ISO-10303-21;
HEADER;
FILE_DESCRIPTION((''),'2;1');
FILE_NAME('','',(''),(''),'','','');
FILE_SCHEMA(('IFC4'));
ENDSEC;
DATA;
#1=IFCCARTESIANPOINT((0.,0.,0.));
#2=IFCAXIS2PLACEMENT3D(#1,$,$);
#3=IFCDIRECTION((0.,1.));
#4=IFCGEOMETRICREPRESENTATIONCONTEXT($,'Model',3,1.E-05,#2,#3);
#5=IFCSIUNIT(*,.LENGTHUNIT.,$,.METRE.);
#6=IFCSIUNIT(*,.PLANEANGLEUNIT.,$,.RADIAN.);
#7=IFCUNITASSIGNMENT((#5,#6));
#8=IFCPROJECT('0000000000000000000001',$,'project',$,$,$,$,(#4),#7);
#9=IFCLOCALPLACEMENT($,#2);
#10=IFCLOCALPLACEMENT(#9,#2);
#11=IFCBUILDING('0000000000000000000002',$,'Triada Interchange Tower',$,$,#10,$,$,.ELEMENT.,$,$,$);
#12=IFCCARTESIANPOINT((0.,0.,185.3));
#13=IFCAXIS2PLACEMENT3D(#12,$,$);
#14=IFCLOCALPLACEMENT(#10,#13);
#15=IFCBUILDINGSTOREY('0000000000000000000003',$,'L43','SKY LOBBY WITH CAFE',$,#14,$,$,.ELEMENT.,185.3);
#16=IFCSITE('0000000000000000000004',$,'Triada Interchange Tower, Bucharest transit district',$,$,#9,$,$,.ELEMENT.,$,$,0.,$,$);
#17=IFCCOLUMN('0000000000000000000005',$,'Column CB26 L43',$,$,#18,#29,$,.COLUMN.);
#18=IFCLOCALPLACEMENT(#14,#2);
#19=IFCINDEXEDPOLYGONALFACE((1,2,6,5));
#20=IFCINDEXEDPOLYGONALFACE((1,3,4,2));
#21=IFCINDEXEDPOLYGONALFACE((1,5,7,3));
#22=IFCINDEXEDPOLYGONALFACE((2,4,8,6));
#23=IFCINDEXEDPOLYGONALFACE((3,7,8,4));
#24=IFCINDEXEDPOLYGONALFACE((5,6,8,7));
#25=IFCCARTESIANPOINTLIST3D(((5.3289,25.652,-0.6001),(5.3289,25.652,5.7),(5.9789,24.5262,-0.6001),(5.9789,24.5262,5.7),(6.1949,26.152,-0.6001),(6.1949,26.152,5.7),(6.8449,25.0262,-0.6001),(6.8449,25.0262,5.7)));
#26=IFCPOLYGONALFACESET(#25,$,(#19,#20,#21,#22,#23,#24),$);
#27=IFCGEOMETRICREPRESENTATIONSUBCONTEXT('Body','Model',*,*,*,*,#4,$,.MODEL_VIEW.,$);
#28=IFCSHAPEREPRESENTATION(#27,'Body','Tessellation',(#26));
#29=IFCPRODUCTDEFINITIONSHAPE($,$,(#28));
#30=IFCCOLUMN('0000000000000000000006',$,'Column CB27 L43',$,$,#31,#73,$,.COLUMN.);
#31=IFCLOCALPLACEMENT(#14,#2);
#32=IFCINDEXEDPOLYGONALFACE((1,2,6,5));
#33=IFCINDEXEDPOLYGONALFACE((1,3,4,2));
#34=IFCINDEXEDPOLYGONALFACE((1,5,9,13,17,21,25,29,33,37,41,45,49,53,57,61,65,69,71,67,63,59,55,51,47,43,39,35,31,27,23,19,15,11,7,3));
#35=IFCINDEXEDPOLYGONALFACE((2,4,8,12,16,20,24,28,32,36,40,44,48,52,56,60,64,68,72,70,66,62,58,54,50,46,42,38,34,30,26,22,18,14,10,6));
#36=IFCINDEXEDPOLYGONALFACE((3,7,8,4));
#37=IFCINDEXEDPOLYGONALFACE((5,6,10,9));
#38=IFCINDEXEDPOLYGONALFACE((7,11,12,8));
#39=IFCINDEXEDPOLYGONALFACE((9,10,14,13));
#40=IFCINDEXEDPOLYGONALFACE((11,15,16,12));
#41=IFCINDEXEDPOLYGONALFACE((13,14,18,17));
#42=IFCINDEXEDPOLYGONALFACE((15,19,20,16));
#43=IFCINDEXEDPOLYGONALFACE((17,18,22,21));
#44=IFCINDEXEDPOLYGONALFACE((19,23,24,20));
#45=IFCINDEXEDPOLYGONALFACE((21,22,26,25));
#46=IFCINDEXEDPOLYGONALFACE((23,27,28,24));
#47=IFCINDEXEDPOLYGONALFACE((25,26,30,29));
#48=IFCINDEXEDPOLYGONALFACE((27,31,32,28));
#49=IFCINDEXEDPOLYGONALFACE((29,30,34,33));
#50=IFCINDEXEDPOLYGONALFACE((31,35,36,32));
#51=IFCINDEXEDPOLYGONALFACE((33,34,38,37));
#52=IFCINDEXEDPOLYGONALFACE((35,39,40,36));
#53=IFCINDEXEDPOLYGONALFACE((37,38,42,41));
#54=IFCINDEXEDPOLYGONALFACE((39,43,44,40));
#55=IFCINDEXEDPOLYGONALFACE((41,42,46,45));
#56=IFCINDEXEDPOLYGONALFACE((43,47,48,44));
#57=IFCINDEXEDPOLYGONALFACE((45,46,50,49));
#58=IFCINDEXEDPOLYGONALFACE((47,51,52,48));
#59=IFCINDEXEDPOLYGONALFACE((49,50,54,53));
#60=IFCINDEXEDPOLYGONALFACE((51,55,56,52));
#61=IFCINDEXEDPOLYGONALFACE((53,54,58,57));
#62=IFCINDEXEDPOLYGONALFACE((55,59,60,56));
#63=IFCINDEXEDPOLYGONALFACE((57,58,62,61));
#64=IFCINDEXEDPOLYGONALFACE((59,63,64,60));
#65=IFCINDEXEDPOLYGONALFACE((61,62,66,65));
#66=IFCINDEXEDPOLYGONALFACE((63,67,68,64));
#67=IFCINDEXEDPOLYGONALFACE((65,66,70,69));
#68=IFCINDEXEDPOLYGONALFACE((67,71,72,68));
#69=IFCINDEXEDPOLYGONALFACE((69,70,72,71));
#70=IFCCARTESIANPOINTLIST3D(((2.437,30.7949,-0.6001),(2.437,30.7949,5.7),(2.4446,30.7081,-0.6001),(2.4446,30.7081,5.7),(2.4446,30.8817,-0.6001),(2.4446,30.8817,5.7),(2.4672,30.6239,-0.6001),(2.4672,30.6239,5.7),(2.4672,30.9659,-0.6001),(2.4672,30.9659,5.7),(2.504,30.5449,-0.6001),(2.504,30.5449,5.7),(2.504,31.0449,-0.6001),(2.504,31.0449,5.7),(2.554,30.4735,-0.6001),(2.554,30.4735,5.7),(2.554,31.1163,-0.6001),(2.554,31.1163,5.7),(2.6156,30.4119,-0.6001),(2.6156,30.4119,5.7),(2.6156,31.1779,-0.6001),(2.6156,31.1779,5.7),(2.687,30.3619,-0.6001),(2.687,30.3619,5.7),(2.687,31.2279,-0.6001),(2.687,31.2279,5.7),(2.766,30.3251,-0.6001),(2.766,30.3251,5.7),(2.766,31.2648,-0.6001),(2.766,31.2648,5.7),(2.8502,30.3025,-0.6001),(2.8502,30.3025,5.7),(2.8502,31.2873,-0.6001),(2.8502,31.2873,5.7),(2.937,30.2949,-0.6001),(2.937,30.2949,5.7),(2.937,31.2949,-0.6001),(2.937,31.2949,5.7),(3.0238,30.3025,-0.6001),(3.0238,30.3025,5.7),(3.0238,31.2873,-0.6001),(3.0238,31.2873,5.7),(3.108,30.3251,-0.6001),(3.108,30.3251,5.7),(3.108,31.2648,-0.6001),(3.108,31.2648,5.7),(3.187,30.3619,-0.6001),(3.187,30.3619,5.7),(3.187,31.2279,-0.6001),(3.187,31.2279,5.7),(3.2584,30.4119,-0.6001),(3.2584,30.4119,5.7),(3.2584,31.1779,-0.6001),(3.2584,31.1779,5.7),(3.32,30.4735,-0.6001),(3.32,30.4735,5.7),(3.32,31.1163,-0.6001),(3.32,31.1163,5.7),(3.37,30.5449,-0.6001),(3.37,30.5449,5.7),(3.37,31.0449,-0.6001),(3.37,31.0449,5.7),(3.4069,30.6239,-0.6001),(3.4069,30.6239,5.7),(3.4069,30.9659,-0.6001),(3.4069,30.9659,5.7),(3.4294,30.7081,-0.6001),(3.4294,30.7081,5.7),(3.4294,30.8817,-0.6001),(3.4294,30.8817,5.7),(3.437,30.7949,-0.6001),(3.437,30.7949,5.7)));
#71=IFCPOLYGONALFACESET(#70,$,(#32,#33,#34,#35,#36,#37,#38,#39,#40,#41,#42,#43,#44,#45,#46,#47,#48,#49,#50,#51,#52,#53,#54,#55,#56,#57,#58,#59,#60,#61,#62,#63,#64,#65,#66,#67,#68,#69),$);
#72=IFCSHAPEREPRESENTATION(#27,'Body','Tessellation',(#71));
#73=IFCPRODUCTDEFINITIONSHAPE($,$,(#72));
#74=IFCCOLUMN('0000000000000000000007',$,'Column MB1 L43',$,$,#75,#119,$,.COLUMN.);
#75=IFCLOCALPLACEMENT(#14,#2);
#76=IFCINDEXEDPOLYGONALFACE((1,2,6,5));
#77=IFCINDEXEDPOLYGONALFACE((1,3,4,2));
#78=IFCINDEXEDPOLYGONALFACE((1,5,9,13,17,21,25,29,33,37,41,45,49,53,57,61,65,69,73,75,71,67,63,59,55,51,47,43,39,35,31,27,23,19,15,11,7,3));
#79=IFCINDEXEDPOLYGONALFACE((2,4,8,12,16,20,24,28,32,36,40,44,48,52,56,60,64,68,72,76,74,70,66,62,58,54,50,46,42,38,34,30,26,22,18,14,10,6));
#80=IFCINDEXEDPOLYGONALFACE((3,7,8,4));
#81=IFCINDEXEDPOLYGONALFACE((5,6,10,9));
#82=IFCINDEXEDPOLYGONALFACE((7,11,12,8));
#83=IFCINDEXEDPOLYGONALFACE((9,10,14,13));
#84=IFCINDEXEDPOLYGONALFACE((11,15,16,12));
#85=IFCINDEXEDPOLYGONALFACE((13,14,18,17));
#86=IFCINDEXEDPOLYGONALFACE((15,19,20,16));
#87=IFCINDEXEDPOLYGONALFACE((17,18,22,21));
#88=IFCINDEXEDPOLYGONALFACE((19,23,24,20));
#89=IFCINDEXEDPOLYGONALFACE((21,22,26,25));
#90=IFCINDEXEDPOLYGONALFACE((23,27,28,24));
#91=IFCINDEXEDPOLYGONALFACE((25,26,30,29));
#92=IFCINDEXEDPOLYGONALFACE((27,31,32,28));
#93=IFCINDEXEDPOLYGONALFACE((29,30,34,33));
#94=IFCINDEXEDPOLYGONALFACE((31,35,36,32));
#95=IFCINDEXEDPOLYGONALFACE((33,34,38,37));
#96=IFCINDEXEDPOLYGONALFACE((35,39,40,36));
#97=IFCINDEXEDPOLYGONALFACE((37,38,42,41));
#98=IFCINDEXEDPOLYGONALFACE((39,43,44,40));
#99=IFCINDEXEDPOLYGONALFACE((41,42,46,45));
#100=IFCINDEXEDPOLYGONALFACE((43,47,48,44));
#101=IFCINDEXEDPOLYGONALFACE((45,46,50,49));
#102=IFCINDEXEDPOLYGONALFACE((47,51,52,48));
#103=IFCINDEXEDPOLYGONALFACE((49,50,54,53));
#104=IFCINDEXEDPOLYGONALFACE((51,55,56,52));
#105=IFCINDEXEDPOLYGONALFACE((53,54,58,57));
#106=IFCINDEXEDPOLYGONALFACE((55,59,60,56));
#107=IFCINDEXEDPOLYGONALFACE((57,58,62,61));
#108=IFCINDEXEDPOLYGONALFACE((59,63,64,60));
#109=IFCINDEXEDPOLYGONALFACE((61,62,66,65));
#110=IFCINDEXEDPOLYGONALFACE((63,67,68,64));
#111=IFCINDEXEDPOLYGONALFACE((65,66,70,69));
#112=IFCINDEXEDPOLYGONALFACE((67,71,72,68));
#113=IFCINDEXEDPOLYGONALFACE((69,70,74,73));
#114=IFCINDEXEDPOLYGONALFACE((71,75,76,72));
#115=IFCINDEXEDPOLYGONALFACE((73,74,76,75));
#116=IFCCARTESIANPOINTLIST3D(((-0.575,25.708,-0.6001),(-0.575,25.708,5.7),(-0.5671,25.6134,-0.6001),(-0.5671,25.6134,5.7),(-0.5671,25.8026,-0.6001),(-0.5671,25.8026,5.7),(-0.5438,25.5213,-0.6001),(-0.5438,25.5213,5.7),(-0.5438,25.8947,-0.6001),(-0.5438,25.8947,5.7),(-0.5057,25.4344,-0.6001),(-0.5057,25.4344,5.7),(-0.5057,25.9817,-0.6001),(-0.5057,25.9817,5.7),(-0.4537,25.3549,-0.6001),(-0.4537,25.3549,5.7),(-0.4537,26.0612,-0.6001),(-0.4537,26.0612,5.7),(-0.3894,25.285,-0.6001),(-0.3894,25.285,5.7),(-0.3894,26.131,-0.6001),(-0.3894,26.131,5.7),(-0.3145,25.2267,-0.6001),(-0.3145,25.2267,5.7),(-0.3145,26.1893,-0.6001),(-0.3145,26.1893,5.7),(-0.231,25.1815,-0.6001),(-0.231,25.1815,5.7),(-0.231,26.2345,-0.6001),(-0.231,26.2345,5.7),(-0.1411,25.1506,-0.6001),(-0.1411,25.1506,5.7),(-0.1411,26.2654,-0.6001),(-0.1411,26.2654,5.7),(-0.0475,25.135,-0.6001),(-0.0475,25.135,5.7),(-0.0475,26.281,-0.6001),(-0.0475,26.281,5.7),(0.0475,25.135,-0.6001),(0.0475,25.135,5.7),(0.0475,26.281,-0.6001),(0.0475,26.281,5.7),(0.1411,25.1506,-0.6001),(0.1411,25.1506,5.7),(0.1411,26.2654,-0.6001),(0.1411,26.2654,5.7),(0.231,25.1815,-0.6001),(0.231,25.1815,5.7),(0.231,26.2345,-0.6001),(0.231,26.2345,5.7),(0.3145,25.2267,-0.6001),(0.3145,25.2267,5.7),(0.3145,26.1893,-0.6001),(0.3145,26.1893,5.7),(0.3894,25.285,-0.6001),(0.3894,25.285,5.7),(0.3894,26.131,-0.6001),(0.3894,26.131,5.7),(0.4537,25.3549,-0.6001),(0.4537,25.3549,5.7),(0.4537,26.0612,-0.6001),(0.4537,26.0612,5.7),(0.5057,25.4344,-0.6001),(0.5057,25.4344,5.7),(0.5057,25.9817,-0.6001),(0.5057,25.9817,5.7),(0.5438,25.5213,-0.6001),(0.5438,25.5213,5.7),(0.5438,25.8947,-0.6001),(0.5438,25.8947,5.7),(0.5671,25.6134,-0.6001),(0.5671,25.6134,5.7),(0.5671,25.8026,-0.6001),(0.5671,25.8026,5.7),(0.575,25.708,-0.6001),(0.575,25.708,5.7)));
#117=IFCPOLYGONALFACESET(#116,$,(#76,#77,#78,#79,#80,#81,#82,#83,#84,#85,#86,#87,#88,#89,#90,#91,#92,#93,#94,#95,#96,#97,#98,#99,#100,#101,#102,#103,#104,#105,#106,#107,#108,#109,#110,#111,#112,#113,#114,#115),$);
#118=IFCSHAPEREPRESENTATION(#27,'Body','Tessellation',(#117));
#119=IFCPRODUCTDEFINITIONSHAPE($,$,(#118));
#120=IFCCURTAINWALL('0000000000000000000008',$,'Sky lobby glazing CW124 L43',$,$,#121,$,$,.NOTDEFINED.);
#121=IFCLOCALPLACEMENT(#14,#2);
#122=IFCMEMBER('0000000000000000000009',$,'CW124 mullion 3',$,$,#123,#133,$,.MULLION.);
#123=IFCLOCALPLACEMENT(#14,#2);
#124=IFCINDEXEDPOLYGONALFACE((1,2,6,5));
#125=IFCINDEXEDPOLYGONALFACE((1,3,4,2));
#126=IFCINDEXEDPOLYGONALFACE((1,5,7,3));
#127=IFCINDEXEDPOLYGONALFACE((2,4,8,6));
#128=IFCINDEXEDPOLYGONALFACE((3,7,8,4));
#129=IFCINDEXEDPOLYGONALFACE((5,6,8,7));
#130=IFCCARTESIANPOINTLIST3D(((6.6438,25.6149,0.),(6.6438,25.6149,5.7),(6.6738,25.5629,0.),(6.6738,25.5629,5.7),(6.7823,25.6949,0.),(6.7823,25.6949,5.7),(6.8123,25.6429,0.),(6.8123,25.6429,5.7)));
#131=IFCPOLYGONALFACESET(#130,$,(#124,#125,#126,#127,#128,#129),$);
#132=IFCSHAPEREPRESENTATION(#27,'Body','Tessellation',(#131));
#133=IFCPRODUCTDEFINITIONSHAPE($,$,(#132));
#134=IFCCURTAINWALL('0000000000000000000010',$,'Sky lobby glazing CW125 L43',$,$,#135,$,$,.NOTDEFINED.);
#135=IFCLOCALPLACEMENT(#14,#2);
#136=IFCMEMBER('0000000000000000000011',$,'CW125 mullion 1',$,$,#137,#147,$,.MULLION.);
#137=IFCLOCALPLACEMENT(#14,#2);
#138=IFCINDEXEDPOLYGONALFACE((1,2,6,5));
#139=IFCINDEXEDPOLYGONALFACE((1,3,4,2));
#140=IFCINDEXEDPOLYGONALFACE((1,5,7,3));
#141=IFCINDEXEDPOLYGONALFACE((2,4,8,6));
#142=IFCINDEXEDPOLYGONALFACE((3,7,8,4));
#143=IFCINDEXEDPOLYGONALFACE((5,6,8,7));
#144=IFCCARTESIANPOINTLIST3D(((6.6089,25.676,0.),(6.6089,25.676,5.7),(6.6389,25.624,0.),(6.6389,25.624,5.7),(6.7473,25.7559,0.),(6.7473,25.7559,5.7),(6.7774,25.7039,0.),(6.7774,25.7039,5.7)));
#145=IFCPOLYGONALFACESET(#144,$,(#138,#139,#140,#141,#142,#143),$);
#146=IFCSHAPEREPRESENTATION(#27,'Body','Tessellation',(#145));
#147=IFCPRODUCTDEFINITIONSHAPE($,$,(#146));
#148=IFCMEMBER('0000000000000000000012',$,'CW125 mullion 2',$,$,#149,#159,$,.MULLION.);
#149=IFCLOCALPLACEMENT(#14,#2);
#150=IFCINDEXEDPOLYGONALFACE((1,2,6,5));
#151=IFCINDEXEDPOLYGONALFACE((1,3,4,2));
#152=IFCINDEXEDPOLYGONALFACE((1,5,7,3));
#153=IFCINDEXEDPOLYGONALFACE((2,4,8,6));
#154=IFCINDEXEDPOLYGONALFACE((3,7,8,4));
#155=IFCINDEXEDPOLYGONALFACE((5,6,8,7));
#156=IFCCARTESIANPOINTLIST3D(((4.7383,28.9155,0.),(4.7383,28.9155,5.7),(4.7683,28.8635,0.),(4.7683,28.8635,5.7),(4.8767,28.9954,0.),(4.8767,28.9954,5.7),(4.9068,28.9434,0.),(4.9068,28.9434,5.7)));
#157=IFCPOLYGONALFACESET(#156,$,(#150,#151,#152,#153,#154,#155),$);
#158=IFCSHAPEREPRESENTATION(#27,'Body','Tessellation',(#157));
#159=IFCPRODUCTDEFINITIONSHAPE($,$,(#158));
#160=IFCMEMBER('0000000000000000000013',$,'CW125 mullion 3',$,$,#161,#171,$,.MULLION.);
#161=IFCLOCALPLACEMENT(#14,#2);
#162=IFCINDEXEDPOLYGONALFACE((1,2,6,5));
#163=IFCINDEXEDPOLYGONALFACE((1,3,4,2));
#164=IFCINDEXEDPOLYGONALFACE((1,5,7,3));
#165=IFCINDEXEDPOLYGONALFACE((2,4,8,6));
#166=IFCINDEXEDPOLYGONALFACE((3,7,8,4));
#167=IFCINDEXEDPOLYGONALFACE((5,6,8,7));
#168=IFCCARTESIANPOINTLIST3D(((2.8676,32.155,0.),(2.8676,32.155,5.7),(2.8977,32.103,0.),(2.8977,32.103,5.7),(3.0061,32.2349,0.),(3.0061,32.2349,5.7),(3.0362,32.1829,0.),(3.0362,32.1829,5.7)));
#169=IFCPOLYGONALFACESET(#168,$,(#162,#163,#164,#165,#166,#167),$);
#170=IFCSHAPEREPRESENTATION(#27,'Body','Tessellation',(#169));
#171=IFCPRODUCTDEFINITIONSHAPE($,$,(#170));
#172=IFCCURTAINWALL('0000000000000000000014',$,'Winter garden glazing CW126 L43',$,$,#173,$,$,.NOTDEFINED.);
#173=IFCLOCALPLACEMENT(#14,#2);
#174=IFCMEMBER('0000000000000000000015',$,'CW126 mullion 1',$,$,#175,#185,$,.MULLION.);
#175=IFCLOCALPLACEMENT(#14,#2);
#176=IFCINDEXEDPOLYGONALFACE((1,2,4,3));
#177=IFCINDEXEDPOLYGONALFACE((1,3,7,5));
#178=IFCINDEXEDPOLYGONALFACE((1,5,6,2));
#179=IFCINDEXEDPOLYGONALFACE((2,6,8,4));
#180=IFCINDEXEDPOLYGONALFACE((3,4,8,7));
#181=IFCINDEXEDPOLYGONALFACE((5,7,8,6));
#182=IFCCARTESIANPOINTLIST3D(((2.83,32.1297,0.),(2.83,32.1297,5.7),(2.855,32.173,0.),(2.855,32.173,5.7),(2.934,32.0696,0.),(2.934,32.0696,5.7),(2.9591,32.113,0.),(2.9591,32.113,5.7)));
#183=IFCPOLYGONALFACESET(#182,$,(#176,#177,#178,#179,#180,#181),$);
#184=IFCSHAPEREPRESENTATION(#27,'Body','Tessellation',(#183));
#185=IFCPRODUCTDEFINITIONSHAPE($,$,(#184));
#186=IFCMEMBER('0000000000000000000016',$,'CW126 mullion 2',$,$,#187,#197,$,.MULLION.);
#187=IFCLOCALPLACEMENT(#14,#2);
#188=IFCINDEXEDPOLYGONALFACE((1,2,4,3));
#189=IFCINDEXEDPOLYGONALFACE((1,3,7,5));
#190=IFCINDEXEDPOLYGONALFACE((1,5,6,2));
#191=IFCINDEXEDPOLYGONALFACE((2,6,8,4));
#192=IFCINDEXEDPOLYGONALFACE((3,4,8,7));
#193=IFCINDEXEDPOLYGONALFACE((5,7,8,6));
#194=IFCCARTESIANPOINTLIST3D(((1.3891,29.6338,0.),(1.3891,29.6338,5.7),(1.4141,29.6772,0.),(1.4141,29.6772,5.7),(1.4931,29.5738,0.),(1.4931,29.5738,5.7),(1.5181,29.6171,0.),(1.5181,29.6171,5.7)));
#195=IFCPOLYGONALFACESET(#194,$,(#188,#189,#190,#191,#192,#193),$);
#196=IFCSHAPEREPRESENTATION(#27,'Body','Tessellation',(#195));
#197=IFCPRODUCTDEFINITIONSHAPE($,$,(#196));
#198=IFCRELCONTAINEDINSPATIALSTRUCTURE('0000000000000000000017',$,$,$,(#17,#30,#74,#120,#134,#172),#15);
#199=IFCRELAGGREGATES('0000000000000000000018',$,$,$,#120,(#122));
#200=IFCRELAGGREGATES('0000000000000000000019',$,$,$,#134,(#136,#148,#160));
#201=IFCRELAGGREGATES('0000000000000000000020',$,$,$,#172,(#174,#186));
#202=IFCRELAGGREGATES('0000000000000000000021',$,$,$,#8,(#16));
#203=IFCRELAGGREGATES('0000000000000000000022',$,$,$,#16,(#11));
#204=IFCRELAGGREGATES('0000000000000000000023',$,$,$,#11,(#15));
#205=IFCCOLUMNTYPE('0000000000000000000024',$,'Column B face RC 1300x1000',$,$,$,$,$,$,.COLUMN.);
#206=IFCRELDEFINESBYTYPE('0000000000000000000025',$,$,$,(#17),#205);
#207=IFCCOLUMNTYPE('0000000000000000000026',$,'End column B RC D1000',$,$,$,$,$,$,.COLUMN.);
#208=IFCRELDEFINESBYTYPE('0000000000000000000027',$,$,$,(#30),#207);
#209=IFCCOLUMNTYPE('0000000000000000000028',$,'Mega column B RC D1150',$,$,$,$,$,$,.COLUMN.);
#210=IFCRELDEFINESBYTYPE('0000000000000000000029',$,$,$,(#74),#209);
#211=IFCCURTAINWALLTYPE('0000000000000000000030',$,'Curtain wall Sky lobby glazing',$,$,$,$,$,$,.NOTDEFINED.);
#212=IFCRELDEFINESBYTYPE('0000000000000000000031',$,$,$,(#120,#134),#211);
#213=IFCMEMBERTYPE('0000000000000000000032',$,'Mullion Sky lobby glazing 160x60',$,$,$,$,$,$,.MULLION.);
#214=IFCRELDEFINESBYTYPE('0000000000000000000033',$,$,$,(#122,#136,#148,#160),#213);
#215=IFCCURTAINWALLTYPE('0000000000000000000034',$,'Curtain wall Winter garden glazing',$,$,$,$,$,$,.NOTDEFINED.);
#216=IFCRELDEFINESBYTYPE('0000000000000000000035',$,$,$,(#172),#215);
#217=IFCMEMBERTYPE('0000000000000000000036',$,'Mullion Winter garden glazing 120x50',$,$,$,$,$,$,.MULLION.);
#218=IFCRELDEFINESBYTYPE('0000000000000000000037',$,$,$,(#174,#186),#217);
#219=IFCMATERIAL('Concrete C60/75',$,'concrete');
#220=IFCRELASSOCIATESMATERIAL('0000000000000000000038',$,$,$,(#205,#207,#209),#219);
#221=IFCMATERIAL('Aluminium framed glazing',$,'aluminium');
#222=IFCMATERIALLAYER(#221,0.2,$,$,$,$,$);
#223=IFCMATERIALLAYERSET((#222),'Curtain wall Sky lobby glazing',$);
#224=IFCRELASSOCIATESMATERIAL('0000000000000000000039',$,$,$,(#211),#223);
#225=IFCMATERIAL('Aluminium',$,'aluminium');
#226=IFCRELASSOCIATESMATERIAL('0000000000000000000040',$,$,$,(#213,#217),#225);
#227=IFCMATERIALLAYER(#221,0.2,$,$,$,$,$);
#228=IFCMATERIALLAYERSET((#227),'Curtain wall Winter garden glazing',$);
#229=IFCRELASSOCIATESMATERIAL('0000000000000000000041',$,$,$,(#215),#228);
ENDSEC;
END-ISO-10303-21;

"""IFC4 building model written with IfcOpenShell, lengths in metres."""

from ifc_helpers import new_model, si_unit, direction, frame, origin, origin_2d, place, context, subcontext, project, spatial, rectangle, circle, extrude, material, layer, layer_set, material_profile, profile_set, type_object, element, aggregate, save


model = new_model("IFC4")

# Units and contexts
model_context = context("Model", 3, precision=1e-05, world=origin(), true_north=direction((0.0, 1.0)))
body_context = subcontext(model_context, "Body", "Model", "MODEL_VIEW")
ifc_project = project(units=[si_unit("LENGTHUNIT", "METRE"), si_unit("PLANEANGLEUNIT", "RADIAN")], contexts=[model_context])

# Site, building, storey
site_placement = place(None, origin())
site = spatial("IfcSite", under=ifc_project, at=site_placement, Name="Triada Interchange Tower, Bucharest transit district", CompositionType="ELEMENT", RefElevation=0.0)
building_placement = place(site_placement, origin())
building = spatial("IfcBuilding", under=site, at=building_placement, Name="Triada Interchange Tower", CompositionType="ELEMENT")
storey_placement = place(building_placement, frame((0.0, 0.0, 185.3)))
storey = spatial("IfcBuildingStorey", under=building, at=storey_placement, Name="L43", Description="SKY LOBBY WITH CAFE", CompositionType="ELEMENT", Elevation=185.3)

# Columns
ifc_material_1 = material(Name="Concrete C60/75", Category="concrete")
ifc_material_profile_1 = material_profile(ifc_material_1, rectangle(XDim=1.3, YDim=1.0, at=origin_2d()), Name="RC 1300x1000")
ifc_profile_set_1 = profile_set([ifc_material_profile_1], Name="Concrete C60/75")
column_type_1 = type_object("IfcColumnType", Name="Column B face RC 1300x1000", PredefinedType="COLUMN", material=ifc_profile_set_1)
column_1_placement = place(storey_placement, frame((6.0869, 25.3391, -0.6001), z_axis=(0.0, 0.0, 1.0), x_axis=(-0.5, 0.866025, 0.0)))
element("IfcColumn", 1, at=column_1_placement, inside=storey, type_object=column_type_1, Name="Column CB26 L43", PredefinedType="COLUMN", context=body_context, shape_type="SweptSolid", body=[
    extrude(rectangle(XDim=1.3, YDim=1.0, at=origin_2d()), origin(), (0.0, 0.0, 1.0), 6.3),
])
ifc_material_profile_2 = material_profile(ifc_material_1, circle(Radius=0.5, at=origin_2d()), Name="RC D1000")
ifc_profile_set_2 = profile_set([ifc_material_profile_2], Name="Concrete C60/75")
column_type_2 = type_object("IfcColumnType", Name="End column B RC D1000", PredefinedType="COLUMN", material=ifc_profile_set_2)
column_2_placement = place(storey_placement, frame((2.937, 30.7949, -0.6001), z_axis=(0.0, 0.0, 1.0), x_axis=(-0.5, 0.866025, 0.0)))
element("IfcColumn", 2, at=column_2_placement, inside=storey, type_object=column_type_2, Name="Column CB27 L43", PredefinedType="COLUMN", context=body_context, shape_type="SweptSolid", body=[
    extrude(circle(Radius=0.5, at=origin_2d()), origin(), (0.0, 0.0, 1.0), 6.3),
])
ifc_material_profile_3 = material_profile(ifc_material_1, circle(Radius=0.575, at=origin_2d()), Name="RC D1150")
ifc_profile_set_3 = profile_set([ifc_material_profile_3], Name="Concrete C60/75")
column_type_3 = type_object("IfcColumnType", Name="Mega column B RC D1150", PredefinedType="COLUMN", material=ifc_profile_set_3)
column_3_placement = place(storey_placement, frame((0.0, 25.708, -0.6001), z_axis=(0.0, 0.0, 1.0), x_axis=(1.0, 0.0, 0.0)))
element("IfcColumn", 3, at=column_3_placement, inside=storey, type_object=column_type_3, Name="Column MB1 L43", PredefinedType="COLUMN", context=body_context, shape_type="SweptSolid", body=[
    extrude(circle(Radius=0.575, at=origin_2d()), origin(), (0.0, 0.0, 1.0), 6.3),
])

# Curtain wall, member
ifc_material_2 = material(Name="Aluminium framed glazing", Category="aluminium")
ifc_layer_1 = layer(ifc_material_2, 0.2)
ifc_layer_set_1 = layer_set([ifc_layer_1], Name="Curtain wall Sky lobby glazing")
curtain_wall_type_1 = type_object("IfcCurtainWallType", Name="Curtain wall Sky lobby glazing", PredefinedType="NOTDEFINED", material=ifc_layer_set_1)
curtain_wall_1_placement = place(storey_placement, origin())
curtain_wall_1 = element("IfcCurtainWall", 4, at=curtain_wall_1_placement, inside=storey, type_object=curtain_wall_type_1, Name="Sky lobby glazing CW124 L43", PredefinedType="NOTDEFINED")
ifc_material_3 = material(Name="Aluminium", Category="aluminium")
ifc_material_profile_4 = material_profile(ifc_material_3, rectangle(XDim=0.1599, YDim=0.0601, at=origin_2d()), Name="Aluminium mullion")
ifc_profile_set_4 = profile_set([ifc_material_profile_4], Name="Aluminium")
member_type_1 = type_object("IfcMemberType", Name="Mullion Sky lobby glazing 160x60", PredefinedType="MULLION", material=ifc_profile_set_4)
member_1_placement = place(storey_placement, frame((6.728, 25.6289, 0.0), z_axis=(0.0, 0.0, 1.0), x_axis=(-0.865989, -0.500063, 0.0)))
member_1 = element("IfcMember", 5, at=member_1_placement, type_object=member_type_1, Name="CW124 mullion 3", PredefinedType="MULLION", context=body_context, shape_type="SweptSolid", body=[
    extrude(rectangle(XDim=0.1599, YDim=0.0601, at=origin_2d()), origin(), (0.0, 0.0, 1.0), 5.7),
])

# Curtain walls, members
curtain_wall_2_placement = place(storey_placement, origin())
curtain_wall_2 = element("IfcCurtainWall", 6, at=curtain_wall_2_placement, inside=storey, type_object=curtain_wall_type_1, Name="Sky lobby glazing CW125 L43", PredefinedType="NOTDEFINED")
member_2_placement = place(storey_placement, frame((6.6931, 25.6899, 0.0), z_axis=(0.0, 0.0, 1.0), x_axis=(-0.866007, -0.500032, 0.0)))
member_2 = element("IfcMember", 7, at=member_2_placement, type_object=member_type_1, Name="CW125 mullion 1", PredefinedType="MULLION", context=body_context, shape_type="SweptSolid", body=[
    extrude(rectangle(XDim=0.1599, YDim=0.0601, at=origin_2d()), origin(), (0.0, 0.0, 1.0), 5.7),
])
member_3_placement = place(storey_placement, frame((4.8225, 28.9294, 0.0), z_axis=(0.0, 0.0, 1.0), x_axis=(-0.866007, -0.500032, 0.0)))
member_3 = element("IfcMember", 8, at=member_3_placement, type_object=member_type_1, Name="CW125 mullion 2", PredefinedType="MULLION", context=body_context, shape_type="SweptSolid", body=[
    extrude(rectangle(XDim=0.1599, YDim=0.0601, at=origin_2d()), origin(), (0.0, 0.0, 1.0), 5.7),
])
member_4_placement = place(storey_placement, frame((2.9519, 32.1689, 0.0), z_axis=(0.0, 0.0, 1.0), x_axis=(-0.866007, -0.500032, 0.0)))
member_4 = element("IfcMember", 9, at=member_4_placement, type_object=member_type_1, Name="CW125 mullion 3", PredefinedType="MULLION", context=body_context, shape_type="SweptSolid", body=[
    extrude(rectangle(XDim=0.1599, YDim=0.0601, at=origin_2d()), origin(), (0.0, 0.0, 1.0), 5.7),
])
ifc_layer_2 = layer(ifc_material_2, 0.2)
ifc_layer_set_2 = layer_set([ifc_layer_2], Name="Curtain wall Winter garden glazing")
curtain_wall_type_2 = type_object("IfcCurtainWallType", Name="Curtain wall Winter garden glazing", PredefinedType="NOTDEFINED", material=ifc_layer_set_2)
curtain_wall_3_placement = place(storey_placement, origin())
curtain_wall_3 = element("IfcCurtainWall", 10, at=curtain_wall_3_placement, inside=storey, type_object=curtain_wall_type_2, Name="Winter garden glazing CW126 L43", PredefinedType="NOTDEFINED")
ifc_material_profile_5 = material_profile(ifc_material_3, rectangle(XDim=0.1201, YDim=0.05, at=origin_2d()), Name="Aluminium mullion")
ifc_profile_set_5 = profile_set([ifc_material_profile_5], Name="Aluminium")
member_type_2 = type_object("IfcMemberType", Name="Mullion Winter garden glazing 120x50", PredefinedType="MULLION", material=ifc_profile_set_5)
member_5_placement = place(storey_placement, frame((2.8945, 32.1213, 0.0), z_axis=(0.0, 0.0, 1.0), x_axis=(0.866022, -0.500005, 0.0)))
member_5 = element("IfcMember", 11, at=member_5_placement, type_object=member_type_2, Name="CW126 mullion 1", PredefinedType="MULLION", context=body_context, shape_type="SweptSolid", body=[
    extrude(rectangle(XDim=0.1201, YDim=0.05, at=origin_2d()), origin(), (0.0, 0.0, 1.0), 5.7),
])
member_6_placement = place(storey_placement, frame((1.4536, 29.6255, 0.0), z_axis=(0.0, 0.0, 1.0), x_axis=(0.866022, -0.500005, 0.0)))
member_6 = element("IfcMember", 12, at=member_6_placement, type_object=member_type_2, Name="CW126 mullion 2", PredefinedType="MULLION", context=body_context, shape_type="SweptSolid", body=[
    extrude(rectangle(XDim=0.1201, YDim=0.05, at=origin_2d()), origin(), (0.0, 0.0, 1.0), 5.7),
])

aggregate(curtain_wall_1, [member_1])
aggregate(curtain_wall_2, [member_2, member_3, member_4])
aggregate(curtain_wall_3, [member_5, member_6])

save(model, "model.ifc")
